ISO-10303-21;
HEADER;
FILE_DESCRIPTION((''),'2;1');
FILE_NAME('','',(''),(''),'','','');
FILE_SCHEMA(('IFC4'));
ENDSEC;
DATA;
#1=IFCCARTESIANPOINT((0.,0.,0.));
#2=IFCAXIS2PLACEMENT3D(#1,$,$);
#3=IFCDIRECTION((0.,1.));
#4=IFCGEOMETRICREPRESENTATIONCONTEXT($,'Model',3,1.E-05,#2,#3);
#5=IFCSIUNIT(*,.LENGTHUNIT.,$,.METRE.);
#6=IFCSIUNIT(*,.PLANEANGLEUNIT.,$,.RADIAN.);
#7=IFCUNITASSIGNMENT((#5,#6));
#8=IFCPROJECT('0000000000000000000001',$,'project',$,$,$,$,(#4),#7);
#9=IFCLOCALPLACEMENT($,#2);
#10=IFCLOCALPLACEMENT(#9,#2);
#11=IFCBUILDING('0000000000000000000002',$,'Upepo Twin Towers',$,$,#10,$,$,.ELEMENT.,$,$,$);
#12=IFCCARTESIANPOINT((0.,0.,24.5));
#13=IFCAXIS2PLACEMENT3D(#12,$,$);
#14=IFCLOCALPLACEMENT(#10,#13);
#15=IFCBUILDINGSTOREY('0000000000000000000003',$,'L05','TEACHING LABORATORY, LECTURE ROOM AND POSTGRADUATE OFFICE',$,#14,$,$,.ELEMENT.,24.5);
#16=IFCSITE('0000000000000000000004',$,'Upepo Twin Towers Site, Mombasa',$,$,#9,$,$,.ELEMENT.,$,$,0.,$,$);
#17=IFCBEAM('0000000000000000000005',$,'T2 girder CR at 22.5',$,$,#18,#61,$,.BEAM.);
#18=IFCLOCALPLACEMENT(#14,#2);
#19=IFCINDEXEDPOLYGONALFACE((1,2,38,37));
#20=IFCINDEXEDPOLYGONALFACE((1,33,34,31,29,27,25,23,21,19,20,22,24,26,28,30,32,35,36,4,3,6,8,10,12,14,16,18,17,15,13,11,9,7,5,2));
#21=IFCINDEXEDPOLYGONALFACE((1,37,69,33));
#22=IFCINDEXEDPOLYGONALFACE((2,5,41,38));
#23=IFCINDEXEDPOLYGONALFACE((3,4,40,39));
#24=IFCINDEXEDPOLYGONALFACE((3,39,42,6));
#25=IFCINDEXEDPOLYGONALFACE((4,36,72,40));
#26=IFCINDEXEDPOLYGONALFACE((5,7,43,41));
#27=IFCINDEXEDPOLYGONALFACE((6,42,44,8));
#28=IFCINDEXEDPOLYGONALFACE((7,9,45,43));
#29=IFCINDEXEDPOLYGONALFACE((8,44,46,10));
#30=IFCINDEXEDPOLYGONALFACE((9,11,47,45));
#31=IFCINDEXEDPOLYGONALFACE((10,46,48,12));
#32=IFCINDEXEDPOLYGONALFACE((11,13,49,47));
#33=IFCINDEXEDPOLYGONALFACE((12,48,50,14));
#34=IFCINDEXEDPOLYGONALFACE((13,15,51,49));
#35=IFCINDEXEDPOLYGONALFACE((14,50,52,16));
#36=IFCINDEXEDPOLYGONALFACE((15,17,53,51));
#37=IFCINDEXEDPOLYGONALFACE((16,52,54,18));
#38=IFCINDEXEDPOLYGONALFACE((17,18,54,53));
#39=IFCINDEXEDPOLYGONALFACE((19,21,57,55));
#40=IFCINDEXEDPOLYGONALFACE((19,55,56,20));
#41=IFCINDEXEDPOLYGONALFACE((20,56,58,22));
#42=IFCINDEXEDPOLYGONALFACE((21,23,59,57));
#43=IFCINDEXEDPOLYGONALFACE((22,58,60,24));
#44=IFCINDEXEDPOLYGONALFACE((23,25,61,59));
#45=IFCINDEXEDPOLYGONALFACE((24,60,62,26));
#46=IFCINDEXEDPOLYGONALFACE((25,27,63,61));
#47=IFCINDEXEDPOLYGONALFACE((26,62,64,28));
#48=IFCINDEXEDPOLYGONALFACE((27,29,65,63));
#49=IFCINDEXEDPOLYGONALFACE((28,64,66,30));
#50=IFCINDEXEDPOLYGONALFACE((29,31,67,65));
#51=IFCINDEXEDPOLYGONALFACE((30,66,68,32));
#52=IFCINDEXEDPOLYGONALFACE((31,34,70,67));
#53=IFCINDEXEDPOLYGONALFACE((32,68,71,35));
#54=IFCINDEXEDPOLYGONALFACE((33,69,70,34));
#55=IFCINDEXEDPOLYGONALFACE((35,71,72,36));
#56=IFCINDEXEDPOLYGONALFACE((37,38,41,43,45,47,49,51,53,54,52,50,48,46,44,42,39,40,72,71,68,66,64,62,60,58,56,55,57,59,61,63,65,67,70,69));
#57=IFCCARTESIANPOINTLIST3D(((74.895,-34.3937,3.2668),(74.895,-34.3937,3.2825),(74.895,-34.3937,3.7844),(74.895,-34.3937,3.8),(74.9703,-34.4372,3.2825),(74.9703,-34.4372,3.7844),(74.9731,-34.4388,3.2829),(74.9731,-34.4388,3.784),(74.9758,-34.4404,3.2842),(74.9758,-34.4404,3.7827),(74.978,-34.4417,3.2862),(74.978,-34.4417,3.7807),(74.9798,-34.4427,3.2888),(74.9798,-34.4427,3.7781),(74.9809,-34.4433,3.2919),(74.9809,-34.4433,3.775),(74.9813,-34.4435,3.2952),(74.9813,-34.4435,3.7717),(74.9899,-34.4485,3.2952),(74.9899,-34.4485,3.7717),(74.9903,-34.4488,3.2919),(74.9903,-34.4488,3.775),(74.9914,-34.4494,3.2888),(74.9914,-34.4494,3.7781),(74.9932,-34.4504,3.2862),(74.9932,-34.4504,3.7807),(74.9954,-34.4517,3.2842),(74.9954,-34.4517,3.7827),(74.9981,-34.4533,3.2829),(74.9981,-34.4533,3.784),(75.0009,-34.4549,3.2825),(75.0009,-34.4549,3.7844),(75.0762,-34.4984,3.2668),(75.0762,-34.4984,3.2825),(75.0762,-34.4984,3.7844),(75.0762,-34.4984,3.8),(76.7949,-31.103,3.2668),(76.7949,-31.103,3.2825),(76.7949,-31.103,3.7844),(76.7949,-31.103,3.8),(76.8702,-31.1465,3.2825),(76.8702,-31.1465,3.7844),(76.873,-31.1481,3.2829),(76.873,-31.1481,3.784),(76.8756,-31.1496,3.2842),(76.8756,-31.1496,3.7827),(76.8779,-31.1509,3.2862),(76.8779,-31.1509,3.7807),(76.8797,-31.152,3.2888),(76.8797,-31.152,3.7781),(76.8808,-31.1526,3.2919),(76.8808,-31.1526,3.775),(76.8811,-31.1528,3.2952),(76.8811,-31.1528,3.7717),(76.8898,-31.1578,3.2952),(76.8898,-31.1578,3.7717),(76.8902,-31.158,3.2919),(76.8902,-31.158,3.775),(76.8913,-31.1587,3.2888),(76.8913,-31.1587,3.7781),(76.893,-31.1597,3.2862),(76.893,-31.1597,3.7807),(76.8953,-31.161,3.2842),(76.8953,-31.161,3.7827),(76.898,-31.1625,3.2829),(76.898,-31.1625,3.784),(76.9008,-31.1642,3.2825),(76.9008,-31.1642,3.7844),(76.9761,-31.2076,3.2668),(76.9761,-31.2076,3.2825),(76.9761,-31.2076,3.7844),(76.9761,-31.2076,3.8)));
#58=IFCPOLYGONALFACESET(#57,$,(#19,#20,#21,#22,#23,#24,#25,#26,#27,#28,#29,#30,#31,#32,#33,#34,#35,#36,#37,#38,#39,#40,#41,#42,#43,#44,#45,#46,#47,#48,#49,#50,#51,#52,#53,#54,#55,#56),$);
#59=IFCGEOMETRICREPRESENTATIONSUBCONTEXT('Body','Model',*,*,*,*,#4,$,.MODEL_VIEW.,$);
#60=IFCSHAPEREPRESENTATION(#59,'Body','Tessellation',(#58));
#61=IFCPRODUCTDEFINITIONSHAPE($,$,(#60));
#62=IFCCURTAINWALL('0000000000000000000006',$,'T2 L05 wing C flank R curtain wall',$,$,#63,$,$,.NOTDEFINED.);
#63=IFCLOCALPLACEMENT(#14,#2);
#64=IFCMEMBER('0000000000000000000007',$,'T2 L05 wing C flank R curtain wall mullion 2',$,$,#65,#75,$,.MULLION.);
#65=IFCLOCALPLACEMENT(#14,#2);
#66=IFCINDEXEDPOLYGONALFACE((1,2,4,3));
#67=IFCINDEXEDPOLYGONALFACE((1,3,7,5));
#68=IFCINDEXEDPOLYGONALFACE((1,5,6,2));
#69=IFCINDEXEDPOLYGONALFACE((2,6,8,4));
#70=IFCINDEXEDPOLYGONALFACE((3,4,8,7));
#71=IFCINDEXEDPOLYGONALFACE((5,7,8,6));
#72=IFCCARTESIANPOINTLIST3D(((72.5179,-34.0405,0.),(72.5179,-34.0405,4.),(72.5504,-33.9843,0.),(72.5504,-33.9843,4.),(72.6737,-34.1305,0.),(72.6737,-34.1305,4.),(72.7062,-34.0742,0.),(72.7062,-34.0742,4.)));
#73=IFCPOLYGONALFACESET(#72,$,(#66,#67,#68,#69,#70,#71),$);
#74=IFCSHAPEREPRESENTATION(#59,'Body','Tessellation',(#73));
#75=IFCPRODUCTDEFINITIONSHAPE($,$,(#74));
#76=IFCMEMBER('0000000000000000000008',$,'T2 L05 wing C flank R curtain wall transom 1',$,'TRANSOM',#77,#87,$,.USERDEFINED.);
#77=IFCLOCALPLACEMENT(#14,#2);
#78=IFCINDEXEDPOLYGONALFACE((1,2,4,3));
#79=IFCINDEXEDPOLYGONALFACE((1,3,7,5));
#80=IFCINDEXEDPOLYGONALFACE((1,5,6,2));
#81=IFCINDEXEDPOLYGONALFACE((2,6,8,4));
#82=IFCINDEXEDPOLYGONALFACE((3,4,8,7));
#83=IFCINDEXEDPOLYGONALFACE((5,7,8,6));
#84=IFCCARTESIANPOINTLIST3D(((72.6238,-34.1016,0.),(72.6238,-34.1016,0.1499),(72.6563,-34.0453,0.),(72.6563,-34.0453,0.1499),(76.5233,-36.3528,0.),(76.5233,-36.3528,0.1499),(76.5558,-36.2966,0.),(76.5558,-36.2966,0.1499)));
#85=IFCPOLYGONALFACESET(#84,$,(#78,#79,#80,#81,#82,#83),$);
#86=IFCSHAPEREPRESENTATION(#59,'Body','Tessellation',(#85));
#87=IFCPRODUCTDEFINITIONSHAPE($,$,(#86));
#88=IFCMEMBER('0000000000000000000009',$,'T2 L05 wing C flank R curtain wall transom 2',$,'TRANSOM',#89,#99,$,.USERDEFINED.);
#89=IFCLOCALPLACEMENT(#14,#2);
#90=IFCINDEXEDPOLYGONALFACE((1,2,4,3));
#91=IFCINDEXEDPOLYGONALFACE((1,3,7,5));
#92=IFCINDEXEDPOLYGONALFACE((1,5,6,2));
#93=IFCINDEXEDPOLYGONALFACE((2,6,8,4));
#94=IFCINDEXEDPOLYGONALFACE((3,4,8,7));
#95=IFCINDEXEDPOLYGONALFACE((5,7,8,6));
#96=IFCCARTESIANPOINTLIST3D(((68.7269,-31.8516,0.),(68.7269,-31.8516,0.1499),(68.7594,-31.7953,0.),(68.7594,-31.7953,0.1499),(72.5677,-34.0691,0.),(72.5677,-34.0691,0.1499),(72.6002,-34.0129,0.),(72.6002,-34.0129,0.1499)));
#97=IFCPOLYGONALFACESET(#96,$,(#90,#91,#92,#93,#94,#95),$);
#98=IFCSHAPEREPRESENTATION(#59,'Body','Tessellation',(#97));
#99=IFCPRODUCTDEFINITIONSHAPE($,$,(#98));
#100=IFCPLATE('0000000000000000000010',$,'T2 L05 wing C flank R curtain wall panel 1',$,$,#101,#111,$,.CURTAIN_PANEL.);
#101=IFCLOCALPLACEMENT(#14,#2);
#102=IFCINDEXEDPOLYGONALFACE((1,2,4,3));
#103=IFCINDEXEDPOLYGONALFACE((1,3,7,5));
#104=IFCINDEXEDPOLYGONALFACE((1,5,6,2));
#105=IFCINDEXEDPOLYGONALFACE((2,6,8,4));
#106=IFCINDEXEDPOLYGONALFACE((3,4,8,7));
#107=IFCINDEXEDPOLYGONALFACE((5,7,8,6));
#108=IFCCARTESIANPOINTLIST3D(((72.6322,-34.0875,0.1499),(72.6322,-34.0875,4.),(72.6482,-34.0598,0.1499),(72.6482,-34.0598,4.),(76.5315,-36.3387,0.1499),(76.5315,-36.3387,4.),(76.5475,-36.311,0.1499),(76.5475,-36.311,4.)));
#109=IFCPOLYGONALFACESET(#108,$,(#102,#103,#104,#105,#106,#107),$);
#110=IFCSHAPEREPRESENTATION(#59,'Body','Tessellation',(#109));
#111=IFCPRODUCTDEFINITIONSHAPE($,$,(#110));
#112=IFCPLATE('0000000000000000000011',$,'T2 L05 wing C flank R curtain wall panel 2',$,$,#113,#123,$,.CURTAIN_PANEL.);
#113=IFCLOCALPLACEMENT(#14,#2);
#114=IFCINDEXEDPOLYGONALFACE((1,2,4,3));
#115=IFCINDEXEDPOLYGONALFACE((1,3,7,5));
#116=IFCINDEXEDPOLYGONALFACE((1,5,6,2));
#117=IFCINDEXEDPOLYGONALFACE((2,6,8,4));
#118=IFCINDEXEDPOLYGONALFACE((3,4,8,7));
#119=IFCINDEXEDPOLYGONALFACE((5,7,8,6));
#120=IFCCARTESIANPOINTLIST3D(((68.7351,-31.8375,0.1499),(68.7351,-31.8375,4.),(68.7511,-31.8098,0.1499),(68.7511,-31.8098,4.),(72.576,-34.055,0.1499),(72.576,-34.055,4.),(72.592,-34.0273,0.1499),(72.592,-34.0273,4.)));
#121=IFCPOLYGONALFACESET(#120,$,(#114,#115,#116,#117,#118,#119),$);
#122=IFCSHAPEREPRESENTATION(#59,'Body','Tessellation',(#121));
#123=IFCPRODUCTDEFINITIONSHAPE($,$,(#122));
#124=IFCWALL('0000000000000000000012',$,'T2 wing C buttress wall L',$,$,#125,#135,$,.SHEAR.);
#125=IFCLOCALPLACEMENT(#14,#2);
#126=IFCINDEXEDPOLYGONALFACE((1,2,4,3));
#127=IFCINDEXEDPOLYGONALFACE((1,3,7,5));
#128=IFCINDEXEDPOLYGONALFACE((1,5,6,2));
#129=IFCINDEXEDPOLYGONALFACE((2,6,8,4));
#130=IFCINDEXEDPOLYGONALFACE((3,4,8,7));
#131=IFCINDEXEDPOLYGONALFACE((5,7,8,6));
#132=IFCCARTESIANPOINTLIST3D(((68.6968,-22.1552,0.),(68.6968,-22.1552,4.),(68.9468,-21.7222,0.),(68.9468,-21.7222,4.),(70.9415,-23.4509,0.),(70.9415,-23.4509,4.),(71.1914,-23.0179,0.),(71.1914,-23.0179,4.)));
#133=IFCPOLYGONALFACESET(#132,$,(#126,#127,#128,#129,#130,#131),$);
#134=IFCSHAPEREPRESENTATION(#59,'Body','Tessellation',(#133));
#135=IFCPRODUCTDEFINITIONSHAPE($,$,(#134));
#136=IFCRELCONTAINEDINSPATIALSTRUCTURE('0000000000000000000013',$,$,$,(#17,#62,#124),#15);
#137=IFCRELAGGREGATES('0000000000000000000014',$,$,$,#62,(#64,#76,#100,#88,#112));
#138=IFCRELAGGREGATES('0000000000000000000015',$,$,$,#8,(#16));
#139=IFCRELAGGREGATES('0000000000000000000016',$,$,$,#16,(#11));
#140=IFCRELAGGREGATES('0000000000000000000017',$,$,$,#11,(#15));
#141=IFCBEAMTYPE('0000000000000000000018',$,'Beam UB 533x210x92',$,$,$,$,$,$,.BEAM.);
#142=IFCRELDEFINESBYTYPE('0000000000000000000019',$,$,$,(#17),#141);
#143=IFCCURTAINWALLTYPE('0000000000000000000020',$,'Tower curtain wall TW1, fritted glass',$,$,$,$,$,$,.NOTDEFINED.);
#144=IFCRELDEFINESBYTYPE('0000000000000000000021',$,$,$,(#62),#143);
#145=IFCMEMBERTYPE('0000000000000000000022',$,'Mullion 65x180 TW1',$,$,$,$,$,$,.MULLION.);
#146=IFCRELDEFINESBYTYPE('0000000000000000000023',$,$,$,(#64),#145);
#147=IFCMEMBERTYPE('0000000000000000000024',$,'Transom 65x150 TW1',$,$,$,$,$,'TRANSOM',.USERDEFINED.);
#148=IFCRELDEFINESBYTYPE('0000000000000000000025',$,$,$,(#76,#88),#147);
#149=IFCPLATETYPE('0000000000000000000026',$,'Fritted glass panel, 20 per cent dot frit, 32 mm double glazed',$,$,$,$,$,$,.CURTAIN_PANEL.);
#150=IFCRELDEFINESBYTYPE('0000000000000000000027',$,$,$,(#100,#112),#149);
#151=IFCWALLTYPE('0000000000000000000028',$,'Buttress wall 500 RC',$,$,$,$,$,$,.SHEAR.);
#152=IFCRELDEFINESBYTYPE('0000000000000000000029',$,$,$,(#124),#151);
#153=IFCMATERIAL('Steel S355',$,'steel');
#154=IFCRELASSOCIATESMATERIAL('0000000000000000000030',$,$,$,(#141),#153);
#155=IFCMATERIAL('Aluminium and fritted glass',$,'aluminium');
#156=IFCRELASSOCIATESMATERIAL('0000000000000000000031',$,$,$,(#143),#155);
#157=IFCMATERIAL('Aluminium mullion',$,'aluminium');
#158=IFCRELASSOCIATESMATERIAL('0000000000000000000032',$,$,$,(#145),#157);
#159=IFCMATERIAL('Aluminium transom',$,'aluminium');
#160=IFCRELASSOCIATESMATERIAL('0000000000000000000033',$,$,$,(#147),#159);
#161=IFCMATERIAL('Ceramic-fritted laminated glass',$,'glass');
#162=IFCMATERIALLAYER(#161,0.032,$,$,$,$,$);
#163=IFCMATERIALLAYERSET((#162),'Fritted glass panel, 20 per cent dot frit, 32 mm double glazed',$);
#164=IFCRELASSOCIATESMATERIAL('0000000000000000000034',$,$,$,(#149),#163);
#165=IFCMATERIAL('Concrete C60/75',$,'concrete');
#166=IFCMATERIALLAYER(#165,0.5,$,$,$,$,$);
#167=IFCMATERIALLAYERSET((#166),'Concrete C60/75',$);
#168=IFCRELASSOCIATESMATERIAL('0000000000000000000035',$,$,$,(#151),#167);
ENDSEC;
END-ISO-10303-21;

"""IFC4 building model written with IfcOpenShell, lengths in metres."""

from ifc_helpers import new_model, si_unit, direction, frame, frame_2d, origin, origin_2d, place, context, subcontext, project, spatial, rectangle, i_section, extrude, material, layer, layer_set, material_profile, profile_set, type_object, element, aggregate, save


model = new_model("IFC4")

# Units and contexts
model_context = context("Model", 3, precision=1e-05, world=origin(), true_north=direction((0.0, 1.0)))
body_context = subcontext(model_context, "Body", "Model", "MODEL_VIEW")
ifc_project = project(units=[si_unit("LENGTHUNIT", "METRE"), si_unit("PLANEANGLEUNIT", "RADIAN")], contexts=[model_context])

# Site, building, storey
site_placement = place(None, origin())
site = spatial("IfcSite", under=ifc_project, at=site_placement, Name="Upepo Twin Towers Site, Mombasa", CompositionType="ELEMENT", RefElevation=0.0)
building_placement = place(site_placement, origin())
building = spatial("IfcBuilding", under=site, at=building_placement, Name="Upepo Twin Towers", CompositionType="ELEMENT")
storey_placement = place(building_placement, frame((0.0, 0.0, 24.5)))
storey = spatial("IfcBuildingStorey", under=building, at=storey_placement, Name="L05", Description="TEACHING LABORATORY, LECTURE ROOM AND POSTGRADUATE OFFICE", CompositionType="ELEMENT", Elevation=24.5)

# Beam
ifc_material_1 = material(Name="Steel S355", Category="steel")
ifc_material_profile_1 = material_profile(ifc_material_1, i_section(OverallWidth=0.2092, OverallDepth=0.5332, WebThickness=0.01, FlangeThickness=0.0156, FilletRadius=0.0127, at=origin_2d()), Name="UB 533x210x92")
ifc_profile_set_1 = profile_set([ifc_material_profile_1], Name="Steel S355")
beam_type_1 = type_object("IfcBeamType", Name="Beam UB 533x210x92", PredefinedType="BEAM", material=ifc_profile_set_1)
beam_1_placement = place(storey_placement, frame((74.9856, -34.446, 3.5334), z_axis=(0.499995, 0.866028, 0.0), x_axis=(-0.866028, 0.499995, 0.0)))
element("IfcBeam", 1, at=beam_1_placement, inside=storey, type_object=beam_type_1, Name="T2 girder CR at 22.5", PredefinedType="BEAM", context=body_context, shape_type="SweptSolid", body=[
    extrude(i_section(OverallWidth=0.2092, OverallDepth=0.5332, WebThickness=0.01, FlangeThickness=0.0156, FilletRadius=0.0127, at=origin_2d()), origin(), (0.0, 0.0, 1.0), 3.7998),
])

# Curtain wall, members, plates
ifc_material_2 = material(Name="Aluminium and fritted glass", Category="aluminium")
curtain_wall_type = type_object("IfcCurtainWallType", Name="Tower curtain wall TW1, fritted glass", PredefinedType="NOTDEFINED", material=ifc_material_2)
curtain_wall_placement = place(storey_placement, origin())
curtain_wall = element("IfcCurtainWall", 2, at=curtain_wall_placement, inside=storey, type_object=curtain_wall_type, Name="T2 L05 wing C flank R curtain wall", PredefinedType="NOTDEFINED")
ifc_material_3 = material(Name="Aluminium mullion", Category="aluminium")
ifc_material_profile_2 = material_profile(ifc_material_3, rectangle(XDim=0.0649, YDim=0.1799, at=origin_2d()), Name="MULLION 65x180")
ifc_profile_set_2 = profile_set([ifc_material_profile_2], Name="Aluminium mullion")
member_type_1 = type_object("IfcMemberType", Name="Mullion 65x180 TW1", PredefinedType="MULLION", material=ifc_profile_set_2)
member_1_placement = place(storey_placement, frame((72.6121, -34.0574, 0.0), z_axis=(0.0, 0.0, 1.0), x_axis=(-0.5, -0.866025, 0.0)))
member_1 = element("IfcMember", 3, at=member_1_placement, type_object=member_type_1, Name="T2 L05 wing C flank R curtain wall mullion 2", PredefinedType="MULLION", context=body_context, shape_type="SweptSolid", body=[
    extrude(rectangle(XDim=0.0649, YDim=0.1799, at=origin_2d()), origin(), (0.0, 0.0, 1.0), 4.0),
])
ifc_material_4 = material(Name="Aluminium transom", Category="aluminium")
ifc_material_profile_3 = material_profile(ifc_material_4, rectangle(XDim=0.0649, YDim=0.1499, at=origin_2d()), Name="TRANSOM 65x150")
ifc_profile_set_3 = profile_set([ifc_material_profile_3], Name="Aluminium transom")
member_type_2 = type_object("IfcMemberType", Name="Transom 65x150 TW1", ElementType="TRANSOM", PredefinedType="USERDEFINED", material=ifc_profile_set_3)
member_2_placement = place(storey_placement, frame((76.5396, -36.3247, 0.075), z_axis=(-0.866036, 0.499982, 0.0), x_axis=(-0.499982, -0.866036, 0.0)))
member_2 = element("IfcMember", 4, at=member_2_placement, type_object=member_type_2, Name="T2 L05 wing C flank R curtain wall transom 1", ObjectType="TRANSOM", PredefinedType="USERDEFINED", context=body_context, shape_type="SweptSolid", body=[
    extrude(rectangle(XDim=0.0649, YDim=0.1499, at=origin_2d()), origin(), (0.0, 0.0, 1.0), 4.5027),
])
member_3_placement = place(storey_placement, frame((72.584, -34.041, 0.075), z_axis=(-0.866022, 0.500005, 0.0), x_axis=(-0.500005, -0.866022, 0.0)))
member_3 = element("IfcMember", 5, at=member_3_placement, type_object=member_type_2, Name="T2 L05 wing C flank R curtain wall transom 2", ObjectType="TRANSOM", PredefinedType="USERDEFINED", context=body_context, shape_type="SweptSolid", body=[
    extrude(rectangle(XDim=0.0649, YDim=0.1499, at=origin_2d()), origin(), (0.0, 0.0, 1.0), 4.4351),
])
ifc_material_5 = material(Name="Ceramic-fritted laminated glass", Category="glass")
ifc_layer_1 = layer(ifc_material_5, 0.032)
ifc_layer_set_1 = layer_set([ifc_layer_1], Name="Fritted glass panel, 20 per cent dot frit, 32 mm double glazed")
plate_type = type_object("IfcPlateType", Name="Fritted glass panel, 20 per cent dot frit, 32 mm double glazed", PredefinedType="CURTAIN_PANEL", material=ifc_layer_set_1)
plate_1_placement = place(storey_placement, frame((74.5898, -35.1992, 0.1499), z_axis=(0.0, 0.0, 1.0), x_axis=(-0.866025, 0.5, 0.0)))
plate_1 = element("IfcPlate", 6, at=plate_1_placement, type_object=plate_type, Name="T2 L05 wing C flank R curtain wall panel 1", PredefinedType="CURTAIN_PANEL", context=body_context, shape_type="SweptSolid", body=[
    extrude(rectangle(XDim=4.5024, YDim=0.032, at=origin_2d()), origin(), (0.0, 0.0, 1.0), 3.8501),
])
plate_2_placement = place(storey_placement, frame((70.6636, -32.9324, 0.1499), z_axis=(0.0, 0.0, 1.0), x_axis=(-0.866025, 0.5, 0.0)))
plate_2 = element("IfcPlate", 7, at=plate_2_placement, type_object=plate_type, Name="T2 L05 wing C flank R curtain wall panel 2", PredefinedType="CURTAIN_PANEL", context=body_context, shape_type="SweptSolid", body=[
    extrude(rectangle(XDim=4.4351, YDim=0.032, at=origin_2d()), origin(), (0.0, 0.0, 1.0), 3.8501),
])
aggregate(curtain_wall, [member_1, member_2, plate_1, member_3, plate_2])

# Wall
ifc_material_6 = material(Name="Concrete C60/75", Category="concrete")
ifc_layer_2 = layer(ifc_material_6, 0.5)
ifc_layer_set_2 = layer_set([ifc_layer_2], Name="Concrete C60/75")
wall_type_1 = type_object("IfcWallType", Name="Buttress wall 500 RC", PredefinedType="SHEAR", material=ifc_layer_set_2)
wall_1_placement = place(storey_placement, frame((68.8218, -21.9387, 0.0), z_axis=(0.0, 0.0, 1.0), x_axis=(0.866073, -0.499918, 0.0)))
element("IfcWall", 8, at=wall_1_placement, inside=storey, type_object=wall_type_1, Name="T2 wing C buttress wall L", PredefinedType="SHEAR", context=body_context, shape_type="SweptSolid", body=[
    extrude(rectangle(XDim=2.5918, YDim=0.5, at=frame_2d((1.2959, 0.0))), origin(), (0.0, 0.0, 1.0), 4.0),
])

save(model, "model.ifc")
